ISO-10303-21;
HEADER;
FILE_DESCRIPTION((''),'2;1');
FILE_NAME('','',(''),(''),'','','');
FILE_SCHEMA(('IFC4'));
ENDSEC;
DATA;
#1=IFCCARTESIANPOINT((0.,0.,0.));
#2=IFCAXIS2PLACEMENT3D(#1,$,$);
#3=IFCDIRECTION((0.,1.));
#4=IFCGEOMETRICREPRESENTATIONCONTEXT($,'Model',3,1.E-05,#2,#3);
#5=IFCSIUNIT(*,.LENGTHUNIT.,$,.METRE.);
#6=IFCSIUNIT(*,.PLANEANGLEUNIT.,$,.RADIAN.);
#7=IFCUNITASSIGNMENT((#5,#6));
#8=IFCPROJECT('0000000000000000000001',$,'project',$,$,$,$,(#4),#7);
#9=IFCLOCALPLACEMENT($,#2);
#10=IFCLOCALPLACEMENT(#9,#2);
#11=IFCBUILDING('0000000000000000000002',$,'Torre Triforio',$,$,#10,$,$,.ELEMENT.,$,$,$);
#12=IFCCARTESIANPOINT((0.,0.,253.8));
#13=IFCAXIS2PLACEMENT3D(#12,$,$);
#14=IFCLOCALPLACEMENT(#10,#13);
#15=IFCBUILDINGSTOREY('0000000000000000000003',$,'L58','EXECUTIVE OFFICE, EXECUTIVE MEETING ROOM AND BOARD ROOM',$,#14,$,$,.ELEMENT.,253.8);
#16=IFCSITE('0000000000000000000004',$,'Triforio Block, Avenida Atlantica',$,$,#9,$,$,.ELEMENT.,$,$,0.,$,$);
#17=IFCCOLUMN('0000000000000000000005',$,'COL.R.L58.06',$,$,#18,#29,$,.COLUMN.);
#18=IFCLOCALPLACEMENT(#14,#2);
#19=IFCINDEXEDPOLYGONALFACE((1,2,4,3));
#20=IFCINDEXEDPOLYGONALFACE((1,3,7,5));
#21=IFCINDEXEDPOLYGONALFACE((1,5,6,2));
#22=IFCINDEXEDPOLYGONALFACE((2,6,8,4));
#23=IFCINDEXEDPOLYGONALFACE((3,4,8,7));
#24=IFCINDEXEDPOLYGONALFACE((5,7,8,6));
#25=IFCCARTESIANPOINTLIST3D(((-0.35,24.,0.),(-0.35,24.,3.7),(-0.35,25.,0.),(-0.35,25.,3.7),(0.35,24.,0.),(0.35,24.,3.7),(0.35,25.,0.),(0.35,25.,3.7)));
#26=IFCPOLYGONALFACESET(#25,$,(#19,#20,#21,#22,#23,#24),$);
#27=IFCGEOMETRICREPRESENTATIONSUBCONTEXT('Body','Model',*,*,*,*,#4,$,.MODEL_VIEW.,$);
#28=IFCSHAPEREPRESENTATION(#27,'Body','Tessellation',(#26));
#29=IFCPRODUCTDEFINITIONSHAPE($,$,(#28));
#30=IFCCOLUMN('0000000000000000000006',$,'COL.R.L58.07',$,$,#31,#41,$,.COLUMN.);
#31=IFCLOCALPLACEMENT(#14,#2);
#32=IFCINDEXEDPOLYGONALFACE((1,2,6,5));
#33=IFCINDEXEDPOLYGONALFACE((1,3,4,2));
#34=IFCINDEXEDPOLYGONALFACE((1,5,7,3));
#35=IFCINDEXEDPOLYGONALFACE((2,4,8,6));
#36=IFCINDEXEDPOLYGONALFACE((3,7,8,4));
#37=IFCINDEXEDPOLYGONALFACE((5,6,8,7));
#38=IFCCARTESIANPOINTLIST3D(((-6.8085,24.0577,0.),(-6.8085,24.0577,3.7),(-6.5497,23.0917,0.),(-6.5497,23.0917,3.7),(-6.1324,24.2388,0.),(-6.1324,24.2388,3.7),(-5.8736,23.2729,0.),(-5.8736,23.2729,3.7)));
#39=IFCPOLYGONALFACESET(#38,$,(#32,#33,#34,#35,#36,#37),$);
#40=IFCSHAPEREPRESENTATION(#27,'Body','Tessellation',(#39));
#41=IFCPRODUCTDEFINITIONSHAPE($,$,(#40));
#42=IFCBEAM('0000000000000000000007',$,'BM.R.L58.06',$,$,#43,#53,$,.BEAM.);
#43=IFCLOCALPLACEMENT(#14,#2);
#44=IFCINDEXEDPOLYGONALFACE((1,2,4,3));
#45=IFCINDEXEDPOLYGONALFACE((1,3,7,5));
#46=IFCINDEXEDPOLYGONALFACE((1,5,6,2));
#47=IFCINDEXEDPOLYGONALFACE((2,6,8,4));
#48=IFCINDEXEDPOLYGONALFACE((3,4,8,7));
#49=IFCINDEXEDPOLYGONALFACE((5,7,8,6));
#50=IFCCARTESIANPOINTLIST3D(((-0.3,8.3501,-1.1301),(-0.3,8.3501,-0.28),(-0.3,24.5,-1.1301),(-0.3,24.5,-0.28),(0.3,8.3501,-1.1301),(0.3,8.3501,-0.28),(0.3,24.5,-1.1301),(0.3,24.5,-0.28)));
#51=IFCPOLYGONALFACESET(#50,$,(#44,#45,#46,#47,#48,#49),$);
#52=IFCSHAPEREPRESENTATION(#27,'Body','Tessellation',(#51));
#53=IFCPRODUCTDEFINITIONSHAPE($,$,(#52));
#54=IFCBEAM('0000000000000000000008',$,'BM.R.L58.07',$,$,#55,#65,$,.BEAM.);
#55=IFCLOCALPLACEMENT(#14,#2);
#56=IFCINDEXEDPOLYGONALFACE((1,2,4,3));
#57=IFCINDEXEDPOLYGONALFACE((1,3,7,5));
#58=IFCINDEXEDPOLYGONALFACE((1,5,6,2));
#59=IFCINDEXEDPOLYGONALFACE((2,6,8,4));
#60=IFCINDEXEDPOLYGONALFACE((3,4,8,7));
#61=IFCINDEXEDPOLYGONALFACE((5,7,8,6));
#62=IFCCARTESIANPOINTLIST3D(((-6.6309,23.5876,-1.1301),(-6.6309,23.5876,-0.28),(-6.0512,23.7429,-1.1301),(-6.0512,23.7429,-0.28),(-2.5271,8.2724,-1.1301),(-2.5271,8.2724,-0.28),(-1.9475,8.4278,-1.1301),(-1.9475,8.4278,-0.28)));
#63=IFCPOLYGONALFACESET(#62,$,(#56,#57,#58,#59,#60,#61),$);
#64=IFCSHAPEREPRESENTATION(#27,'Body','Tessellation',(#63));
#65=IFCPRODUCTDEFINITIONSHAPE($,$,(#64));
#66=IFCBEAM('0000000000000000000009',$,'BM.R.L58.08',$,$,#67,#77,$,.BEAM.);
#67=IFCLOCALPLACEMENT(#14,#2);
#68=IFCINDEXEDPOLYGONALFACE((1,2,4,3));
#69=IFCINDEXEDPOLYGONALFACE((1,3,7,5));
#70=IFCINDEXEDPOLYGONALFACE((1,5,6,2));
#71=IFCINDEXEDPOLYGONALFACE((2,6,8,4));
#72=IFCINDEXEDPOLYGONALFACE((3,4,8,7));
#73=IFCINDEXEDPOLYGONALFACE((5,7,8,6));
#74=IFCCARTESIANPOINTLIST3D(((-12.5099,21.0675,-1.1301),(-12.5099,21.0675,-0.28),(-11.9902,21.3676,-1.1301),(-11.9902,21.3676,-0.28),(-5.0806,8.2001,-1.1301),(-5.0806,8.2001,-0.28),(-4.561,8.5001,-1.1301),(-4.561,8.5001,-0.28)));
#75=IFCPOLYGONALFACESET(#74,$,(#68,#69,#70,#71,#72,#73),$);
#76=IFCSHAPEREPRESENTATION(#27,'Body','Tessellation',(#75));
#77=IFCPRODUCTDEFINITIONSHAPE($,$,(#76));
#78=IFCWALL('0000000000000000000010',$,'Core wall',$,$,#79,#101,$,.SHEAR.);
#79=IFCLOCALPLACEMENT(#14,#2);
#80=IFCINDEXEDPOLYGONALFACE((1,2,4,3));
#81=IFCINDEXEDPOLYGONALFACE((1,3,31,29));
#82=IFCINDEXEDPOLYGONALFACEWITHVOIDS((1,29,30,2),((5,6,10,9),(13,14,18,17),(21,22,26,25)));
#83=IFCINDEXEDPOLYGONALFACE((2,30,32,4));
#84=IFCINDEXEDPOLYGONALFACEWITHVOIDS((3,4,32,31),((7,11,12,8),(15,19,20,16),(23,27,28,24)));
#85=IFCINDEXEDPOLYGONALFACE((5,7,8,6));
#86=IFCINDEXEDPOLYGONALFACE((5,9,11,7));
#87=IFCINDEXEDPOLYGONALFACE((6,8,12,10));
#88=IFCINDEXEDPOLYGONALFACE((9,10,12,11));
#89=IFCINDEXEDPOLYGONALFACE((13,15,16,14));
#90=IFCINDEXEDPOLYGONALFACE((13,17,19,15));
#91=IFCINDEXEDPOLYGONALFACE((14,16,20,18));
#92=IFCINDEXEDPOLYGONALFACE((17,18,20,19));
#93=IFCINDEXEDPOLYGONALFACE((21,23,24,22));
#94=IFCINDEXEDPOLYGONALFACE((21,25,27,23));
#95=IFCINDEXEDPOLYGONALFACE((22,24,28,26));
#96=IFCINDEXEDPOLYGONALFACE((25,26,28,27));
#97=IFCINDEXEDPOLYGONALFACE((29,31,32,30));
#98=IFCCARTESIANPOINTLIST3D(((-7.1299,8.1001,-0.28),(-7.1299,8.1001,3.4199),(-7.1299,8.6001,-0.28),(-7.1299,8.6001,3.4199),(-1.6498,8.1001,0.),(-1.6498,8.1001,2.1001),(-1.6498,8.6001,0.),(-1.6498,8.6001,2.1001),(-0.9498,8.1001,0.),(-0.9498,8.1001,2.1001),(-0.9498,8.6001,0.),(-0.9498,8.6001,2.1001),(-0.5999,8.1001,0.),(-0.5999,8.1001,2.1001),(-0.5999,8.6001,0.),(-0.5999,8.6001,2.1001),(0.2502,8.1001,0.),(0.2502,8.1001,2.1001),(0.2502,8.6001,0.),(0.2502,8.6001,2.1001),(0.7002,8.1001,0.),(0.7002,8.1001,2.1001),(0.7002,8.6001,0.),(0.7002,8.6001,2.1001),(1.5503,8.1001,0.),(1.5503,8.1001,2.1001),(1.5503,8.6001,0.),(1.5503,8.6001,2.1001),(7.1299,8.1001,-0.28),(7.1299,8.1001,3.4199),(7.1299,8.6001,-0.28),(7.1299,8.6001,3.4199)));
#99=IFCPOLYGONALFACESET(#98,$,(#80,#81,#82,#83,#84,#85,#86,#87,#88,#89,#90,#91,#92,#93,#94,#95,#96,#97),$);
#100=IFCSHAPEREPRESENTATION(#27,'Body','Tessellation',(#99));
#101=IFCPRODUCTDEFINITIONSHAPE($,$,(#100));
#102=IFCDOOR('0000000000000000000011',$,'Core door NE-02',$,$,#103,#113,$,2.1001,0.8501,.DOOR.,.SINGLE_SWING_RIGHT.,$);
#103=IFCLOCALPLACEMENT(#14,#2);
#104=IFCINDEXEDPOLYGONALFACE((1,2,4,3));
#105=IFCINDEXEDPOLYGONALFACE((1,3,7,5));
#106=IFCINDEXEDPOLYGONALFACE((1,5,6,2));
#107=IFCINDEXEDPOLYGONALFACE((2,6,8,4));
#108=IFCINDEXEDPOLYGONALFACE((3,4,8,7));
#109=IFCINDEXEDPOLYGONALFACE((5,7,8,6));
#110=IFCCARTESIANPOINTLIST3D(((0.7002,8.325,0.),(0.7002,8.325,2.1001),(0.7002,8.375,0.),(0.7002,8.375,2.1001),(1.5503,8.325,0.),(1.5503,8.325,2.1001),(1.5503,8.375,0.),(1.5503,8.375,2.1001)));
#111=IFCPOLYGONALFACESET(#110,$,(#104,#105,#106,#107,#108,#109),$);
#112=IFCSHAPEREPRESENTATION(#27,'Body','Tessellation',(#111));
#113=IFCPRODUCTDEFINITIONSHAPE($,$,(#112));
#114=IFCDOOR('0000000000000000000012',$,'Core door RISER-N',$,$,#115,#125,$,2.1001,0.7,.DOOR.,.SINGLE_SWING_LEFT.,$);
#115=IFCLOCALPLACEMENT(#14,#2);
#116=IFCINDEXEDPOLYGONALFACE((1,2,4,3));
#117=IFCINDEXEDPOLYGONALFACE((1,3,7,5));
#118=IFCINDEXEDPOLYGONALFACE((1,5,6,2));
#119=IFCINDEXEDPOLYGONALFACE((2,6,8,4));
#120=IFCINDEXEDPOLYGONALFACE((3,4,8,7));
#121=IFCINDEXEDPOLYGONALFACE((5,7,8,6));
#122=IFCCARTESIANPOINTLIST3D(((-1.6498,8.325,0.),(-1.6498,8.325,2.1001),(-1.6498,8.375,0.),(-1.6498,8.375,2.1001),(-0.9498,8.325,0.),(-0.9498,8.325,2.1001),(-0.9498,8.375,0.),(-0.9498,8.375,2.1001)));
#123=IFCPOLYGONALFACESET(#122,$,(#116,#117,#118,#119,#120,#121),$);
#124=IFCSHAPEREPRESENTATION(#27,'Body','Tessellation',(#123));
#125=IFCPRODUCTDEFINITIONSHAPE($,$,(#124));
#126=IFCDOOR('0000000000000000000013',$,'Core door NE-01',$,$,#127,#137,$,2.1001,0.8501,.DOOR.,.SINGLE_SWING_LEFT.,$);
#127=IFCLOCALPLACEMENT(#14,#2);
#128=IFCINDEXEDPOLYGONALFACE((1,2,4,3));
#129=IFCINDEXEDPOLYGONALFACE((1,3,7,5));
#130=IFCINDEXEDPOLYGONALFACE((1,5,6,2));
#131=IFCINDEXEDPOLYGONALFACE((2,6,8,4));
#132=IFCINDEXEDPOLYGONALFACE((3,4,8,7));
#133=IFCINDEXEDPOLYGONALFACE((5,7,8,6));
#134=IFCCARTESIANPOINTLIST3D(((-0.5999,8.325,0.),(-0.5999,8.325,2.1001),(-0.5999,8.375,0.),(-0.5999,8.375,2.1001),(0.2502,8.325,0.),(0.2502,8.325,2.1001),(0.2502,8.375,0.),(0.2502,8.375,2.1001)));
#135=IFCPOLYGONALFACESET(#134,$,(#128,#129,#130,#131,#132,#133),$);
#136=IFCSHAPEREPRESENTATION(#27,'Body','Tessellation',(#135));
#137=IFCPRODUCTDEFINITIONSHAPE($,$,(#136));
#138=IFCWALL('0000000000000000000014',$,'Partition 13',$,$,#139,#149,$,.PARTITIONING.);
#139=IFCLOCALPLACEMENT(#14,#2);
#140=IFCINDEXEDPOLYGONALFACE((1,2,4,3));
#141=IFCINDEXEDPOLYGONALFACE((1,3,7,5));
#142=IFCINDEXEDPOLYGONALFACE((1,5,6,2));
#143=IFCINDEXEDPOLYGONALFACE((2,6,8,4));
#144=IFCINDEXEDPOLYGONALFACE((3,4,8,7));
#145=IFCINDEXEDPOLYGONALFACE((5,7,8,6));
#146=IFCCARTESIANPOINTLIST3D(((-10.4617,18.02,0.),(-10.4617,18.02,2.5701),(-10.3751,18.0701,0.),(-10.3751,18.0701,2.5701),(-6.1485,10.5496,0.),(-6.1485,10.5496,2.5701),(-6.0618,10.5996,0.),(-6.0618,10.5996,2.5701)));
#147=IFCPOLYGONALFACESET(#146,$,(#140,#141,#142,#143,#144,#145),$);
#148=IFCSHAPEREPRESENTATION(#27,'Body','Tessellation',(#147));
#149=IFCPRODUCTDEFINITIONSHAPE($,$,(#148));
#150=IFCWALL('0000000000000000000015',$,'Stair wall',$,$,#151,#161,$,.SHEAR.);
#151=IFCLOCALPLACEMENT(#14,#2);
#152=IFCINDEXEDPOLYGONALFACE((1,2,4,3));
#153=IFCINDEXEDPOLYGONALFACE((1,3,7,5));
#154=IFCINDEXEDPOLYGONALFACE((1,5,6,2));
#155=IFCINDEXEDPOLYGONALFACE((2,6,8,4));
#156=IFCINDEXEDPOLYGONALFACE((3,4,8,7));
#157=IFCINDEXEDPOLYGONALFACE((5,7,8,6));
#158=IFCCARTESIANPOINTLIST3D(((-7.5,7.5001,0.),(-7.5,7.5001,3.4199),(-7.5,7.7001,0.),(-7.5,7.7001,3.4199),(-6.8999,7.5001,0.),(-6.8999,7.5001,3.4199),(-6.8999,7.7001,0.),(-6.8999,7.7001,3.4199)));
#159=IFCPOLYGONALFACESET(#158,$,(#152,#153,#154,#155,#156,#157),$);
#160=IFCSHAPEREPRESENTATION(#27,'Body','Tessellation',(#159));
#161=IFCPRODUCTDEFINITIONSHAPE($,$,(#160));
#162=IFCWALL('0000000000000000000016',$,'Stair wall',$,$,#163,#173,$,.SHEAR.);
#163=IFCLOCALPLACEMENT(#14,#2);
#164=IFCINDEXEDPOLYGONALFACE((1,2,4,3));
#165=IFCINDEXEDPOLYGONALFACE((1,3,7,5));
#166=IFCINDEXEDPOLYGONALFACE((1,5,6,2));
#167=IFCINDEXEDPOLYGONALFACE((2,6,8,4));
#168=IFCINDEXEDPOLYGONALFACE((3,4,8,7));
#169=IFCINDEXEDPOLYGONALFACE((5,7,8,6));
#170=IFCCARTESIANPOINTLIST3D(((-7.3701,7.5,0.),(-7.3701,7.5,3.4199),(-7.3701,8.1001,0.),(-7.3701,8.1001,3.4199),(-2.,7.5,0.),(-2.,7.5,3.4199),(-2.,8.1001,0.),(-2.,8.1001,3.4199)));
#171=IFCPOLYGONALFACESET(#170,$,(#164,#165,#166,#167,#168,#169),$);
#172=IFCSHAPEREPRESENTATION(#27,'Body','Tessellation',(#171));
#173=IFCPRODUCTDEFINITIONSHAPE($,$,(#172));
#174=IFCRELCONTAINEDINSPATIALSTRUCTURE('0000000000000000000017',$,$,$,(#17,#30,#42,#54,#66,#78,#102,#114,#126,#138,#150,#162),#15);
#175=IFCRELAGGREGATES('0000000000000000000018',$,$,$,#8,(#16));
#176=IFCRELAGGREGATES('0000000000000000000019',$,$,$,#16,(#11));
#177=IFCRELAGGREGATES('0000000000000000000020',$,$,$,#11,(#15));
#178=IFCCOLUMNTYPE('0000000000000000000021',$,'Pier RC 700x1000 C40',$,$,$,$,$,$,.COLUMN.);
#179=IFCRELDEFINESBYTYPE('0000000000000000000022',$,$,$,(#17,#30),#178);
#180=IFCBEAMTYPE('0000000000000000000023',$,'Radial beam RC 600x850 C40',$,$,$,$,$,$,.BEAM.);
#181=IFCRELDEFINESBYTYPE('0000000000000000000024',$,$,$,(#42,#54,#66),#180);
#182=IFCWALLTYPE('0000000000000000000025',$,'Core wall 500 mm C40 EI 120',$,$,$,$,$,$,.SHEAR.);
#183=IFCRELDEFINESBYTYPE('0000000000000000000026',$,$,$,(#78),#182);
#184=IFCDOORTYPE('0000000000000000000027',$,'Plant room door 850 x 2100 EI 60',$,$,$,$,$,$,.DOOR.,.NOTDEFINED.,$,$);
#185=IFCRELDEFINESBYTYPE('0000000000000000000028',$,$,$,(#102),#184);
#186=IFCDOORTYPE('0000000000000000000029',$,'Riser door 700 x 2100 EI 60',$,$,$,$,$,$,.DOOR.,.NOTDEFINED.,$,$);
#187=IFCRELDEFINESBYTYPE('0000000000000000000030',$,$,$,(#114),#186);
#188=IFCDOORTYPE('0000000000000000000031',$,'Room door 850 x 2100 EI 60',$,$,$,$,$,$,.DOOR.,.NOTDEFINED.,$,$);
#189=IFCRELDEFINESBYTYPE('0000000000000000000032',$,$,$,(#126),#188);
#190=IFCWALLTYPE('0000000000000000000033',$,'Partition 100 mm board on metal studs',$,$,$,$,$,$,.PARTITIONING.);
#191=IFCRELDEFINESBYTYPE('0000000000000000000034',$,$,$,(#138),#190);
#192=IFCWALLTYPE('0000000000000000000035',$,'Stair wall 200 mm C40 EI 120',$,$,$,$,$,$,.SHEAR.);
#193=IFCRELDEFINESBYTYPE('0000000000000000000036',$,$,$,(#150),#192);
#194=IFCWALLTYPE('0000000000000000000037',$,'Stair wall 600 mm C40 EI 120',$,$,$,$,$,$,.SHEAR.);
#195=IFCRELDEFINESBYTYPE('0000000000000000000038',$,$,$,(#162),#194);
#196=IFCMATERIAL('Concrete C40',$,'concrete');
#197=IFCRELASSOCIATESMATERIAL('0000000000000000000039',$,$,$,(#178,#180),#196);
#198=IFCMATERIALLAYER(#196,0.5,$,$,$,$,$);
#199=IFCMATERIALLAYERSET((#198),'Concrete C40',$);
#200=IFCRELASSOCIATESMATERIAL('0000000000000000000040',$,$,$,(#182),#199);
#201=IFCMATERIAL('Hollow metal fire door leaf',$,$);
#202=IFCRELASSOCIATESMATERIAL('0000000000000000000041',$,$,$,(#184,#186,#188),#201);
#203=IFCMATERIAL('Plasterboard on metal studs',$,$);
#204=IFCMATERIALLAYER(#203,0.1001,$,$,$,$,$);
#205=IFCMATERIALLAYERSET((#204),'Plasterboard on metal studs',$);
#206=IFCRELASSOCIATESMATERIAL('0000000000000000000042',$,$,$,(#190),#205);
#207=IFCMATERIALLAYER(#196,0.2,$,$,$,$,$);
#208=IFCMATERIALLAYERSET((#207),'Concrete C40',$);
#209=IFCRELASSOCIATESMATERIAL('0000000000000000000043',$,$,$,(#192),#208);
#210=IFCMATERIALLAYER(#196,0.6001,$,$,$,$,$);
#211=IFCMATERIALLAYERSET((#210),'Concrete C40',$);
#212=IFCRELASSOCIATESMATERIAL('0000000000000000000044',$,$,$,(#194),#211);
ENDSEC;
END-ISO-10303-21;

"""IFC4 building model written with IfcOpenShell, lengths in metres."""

from ifc_helpers import new_model, si_unit, direction, frame, frame_2d, origin, origin_2d, place, context, subcontext, project, spatial, rectangle, extrude, material, layer, layer_set, material_profile, profile_set, type_object, element, fill, save


model = new_model("IFC4")

# Units and contexts
model_context = context("Model", 3, precision=1e-05, world=origin(), true_north=direction((0.0, 1.0)))
body_context = subcontext(model_context, "Body", "Model", "MODEL_VIEW")
ifc_project = project(units=[si_unit("LENGTHUNIT", "METRE"), si_unit("PLANEANGLEUNIT", "RADIAN")], contexts=[model_context])

# Site, building, storey
site_placement = place(None, origin())
site = spatial("IfcSite", under=ifc_project, at=site_placement, Name="Triforio Block, Avenida Atlantica", CompositionType="ELEMENT", RefElevation=0.0)
building_placement = place(site_placement, origin())
building = spatial("IfcBuilding", under=site, at=building_placement, Name="Torre Triforio", CompositionType="ELEMENT")
storey_placement = place(building_placement, frame((0.0, 0.0, 253.8)))
storey = spatial("IfcBuildingStorey", under=building, at=storey_placement, Name="L58", Description="EXECUTIVE OFFICE, EXECUTIVE MEETING ROOM AND BOARD ROOM", CompositionType="ELEMENT", Elevation=253.8)

# Columns
ifc_material_1 = material(Name="Concrete C40", Category="concrete")
ifc_material_profile_1 = material_profile(ifc_material_1, rectangle(XDim=0.7, YDim=1.0, at=origin_2d()), Name="RC 700x1000")
ifc_profile_set_1 = profile_set([ifc_material_profile_1], Name="Concrete C40")
column_type = type_object("IfcColumnType", Name="Pier RC 700x1000 C40", PredefinedType="COLUMN", material=ifc_profile_set_1)
for number, where, z_axis, x_axis, name in (
    (1, (0.0, 24.5, 0.0), (0.0, 0.0, 1.0), (-1.0, 0.0, 0.0), "COL.R.L58.06"),
    (2, (-6.3411, 23.6653, 0.0), (0.0, 0.0, 1.0), (-0.965926, -0.258819, 0.0), "COL.R.L58.07"),
):
    element("IfcColumn", number, at=place(storey_placement, frame(where, z_axis=z_axis, x_axis=x_axis)), inside=storey, type_object=column_type, Name=name, PredefinedType="COLUMN", context=body_context, shape_type="SweptSolid", body=[
        extrude(rectangle(XDim=0.7, YDim=1.0, at=origin_2d()), origin(), (0.0, 0.0, 1.0), 3.7),
    ])

# Beams
ifc_material_profile_2 = material_profile(ifc_material_1, rectangle(XDim=0.6001, YDim=0.8501, at=origin_2d()), Name="RC 600x850")
ifc_profile_set_2 = profile_set([ifc_material_profile_2], Name="Concrete C40")
beam_type = type_object("IfcBeamType", Name="Radial beam RC 600x850 C40", PredefinedType="BEAM", material=ifc_profile_set_2)
beam_1_placement = place(storey_placement, frame((0.0, 8.3501, -0.7051), z_axis=(0.0, 1.0, 0.0), x_axis=(-1.0, 0.0, 0.0)))
element("IfcBeam", 3, at=beam_1_placement, inside=storey, type_object=beam_type, Name="BM.R.L58.06", PredefinedType="BEAM", context=body_context, shape_type="SweptSolid", body=[
    extrude(rectangle(XDim=0.6001, YDim=0.8501, at=origin_2d()), origin(), (0.0, 0.0, 1.0), 16.1499),
])
beam_2_placement = place(storey_placement, frame((-2.2373, 8.3501, -0.7051), z_axis=(-0.258823, 0.965925, 0.0), x_axis=(-0.965925, -0.258823, 0.0)))
element("IfcBeam", 4, at=beam_2_placement, inside=storey, type_object=beam_type, Name="BM.R.L58.07", PredefinedType="BEAM", context=body_context, shape_type="SweptSolid", body=[
    extrude(rectangle(XDim=0.6001, YDim=0.8501, at=origin_2d()), origin(), (0.0, 0.0, 1.0), 15.8555),
])
beam_3_placement = place(storey_placement, frame((-4.8208, 8.3501, -0.7051), z_axis=(-0.500009, 0.86602, 0.0), x_axis=(-0.86602, -0.500009, 0.0)))
element("IfcBeam", 5, at=beam_3_placement, inside=storey, type_object=beam_type, Name="BM.R.L58.08", PredefinedType="BEAM", context=body_context, shape_type="SweptSolid", body=[
    extrude(rectangle(XDim=0.6001, YDim=0.8501, at=origin_2d()), origin(), (0.0, 0.0, 1.0), 14.8582),
])

# Wall, openings, doors
ifc_layer_1 = layer(ifc_material_1, 0.5)
ifc_layer_set_1 = layer_set([ifc_layer_1], Name="Concrete C40")
wall_type_1 = type_object("IfcWallType", Name="Core wall 500 mm C40 EI 120", PredefinedType="SHEAR", material=ifc_layer_set_1)
wall_1_placement = place(storey_placement, frame((-7.1299, 8.3501, -0.28), z_axis=(0.0, 0.0, 1.0), x_axis=(1.0, 0.0, 0.0)))
wall_1 = element("IfcWall", 6, at=wall_1_placement, inside=storey, type_object=wall_type_1, Name="Core wall", PredefinedType="SHEAR", context=body_context, shape_type="SweptSolid", body=[
    extrude(rectangle(XDim=14.2598, YDim=0.5, at=frame_2d((7.1299, 0.0))), origin(), (0.0, 0.0, 1.0), 3.7),
])
opening_1_placement = place(wall_1_placement, frame((5.48, 0.0, 0.28)))
opening_1 = element("IfcOpeningElement", 7, at=opening_1_placement, cuts=wall_1, PredefinedType="OPENING", context=body_context, shape_type="SweptSolid", body=[
    extrude(rectangle(XDim=0.7, YDim=2.1001, at=frame_2d((0.3501, 1.05))), frame((0.0, 0.26, 0.0), z_axis=(0.0, -1.0, 0.0), x_axis=(1.0, 0.0, 0.0)), (0.0, 0.0, 1.0), 0.52),
])
opening_2_placement = place(wall_1_placement, frame((6.53, 0.0, 0.28)))
opening_2 = element("IfcOpeningElement", 8, at=opening_2_placement, cuts=wall_1, PredefinedType="OPENING", context=body_context, shape_type="SweptSolid", body=[
    extrude(rectangle(XDim=0.8501, YDim=2.1001, at=frame_2d((0.425, 1.05))), frame((0.0, 0.26, 0.0), z_axis=(0.0, -1.0, 0.0), x_axis=(1.0, 0.0, 0.0)), (0.0, 0.0, 1.0), 0.52),
])
opening_3_placement = place(wall_1_placement, frame((7.8301, 0.0, 0.28)))
opening_3 = element("IfcOpeningElement", 9, at=opening_3_placement, cuts=wall_1, PredefinedType="OPENING", context=body_context, shape_type="SweptSolid", body=[
    extrude(rectangle(XDim=0.8501, YDim=2.1001, at=frame_2d((0.425, 1.05))), frame((0.0, 0.26, 0.0), z_axis=(0.0, -1.0, 0.0), x_axis=(1.0, 0.0, 0.0)), (0.0, 0.0, 1.0), 0.52),
])
ifc_material_2 = material(Name="Hollow metal fire door leaf")
door_type_1 = type_object("IfcDoorType", Name="Plant room door 850 x 2100 EI 60", OperationType="NOTDEFINED", PredefinedType="DOOR", material=ifc_material_2)
door_1_placement = place(opening_3_placement, origin())
door_1 = element("IfcDoor", 10, at=door_1_placement, inside=storey, type_object=door_type_1, Name="Core door NE-02", OperationType="SINGLE_SWING_RIGHT", OverallHeight=2.1001, OverallWidth=0.8501, PredefinedType="DOOR", context=body_context, shape_type="SweptSolid", body=[
    extrude(rectangle(XDim=0.8501, YDim=2.1001, at=frame_2d((0.425, 1.05))), frame((0.0, 0.0249, 0.0), z_axis=(0.0, -1.0, 0.0), x_axis=(1.0, 0.0, 0.0)), (0.0, 0.0, 1.0), 0.05),
])
fill(opening_3, door_1)
door_type_2 = type_object("IfcDoorType", Name="Riser door 700 x 2100 EI 60", OperationType="NOTDEFINED", PredefinedType="DOOR", material=ifc_material_2)
door_2_placement = place(opening_1_placement, origin())
door_2 = element("IfcDoor", 11, at=door_2_placement, inside=storey, type_object=door_type_2, Name="Core door RISER-N", OperationType="SINGLE_SWING_LEFT", OverallHeight=2.1001, OverallWidth=0.7, PredefinedType="DOOR", context=body_context, shape_type="SweptSolid", body=[
    extrude(rectangle(XDim=0.7, YDim=2.1001, at=frame_2d((0.3501, 1.05))), frame((0.0, 0.0249, 0.0), z_axis=(0.0, -1.0, 0.0), x_axis=(1.0, 0.0, 0.0)), (0.0, 0.0, 1.0), 0.05),
])
fill(opening_1, door_2)
door_type_3 = type_object("IfcDoorType", Name="Room door 850 x 2100 EI 60", OperationType="NOTDEFINED", PredefinedType="DOOR", material=ifc_material_2)
door_3_placement = place(opening_2_placement, origin())
door_3 = element("IfcDoor", 12, at=door_3_placement, inside=storey, type_object=door_type_3, Name="Core door NE-01", OperationType="SINGLE_SWING_LEFT", OverallHeight=2.1001, OverallWidth=0.8501, PredefinedType="DOOR", context=body_context, shape_type="SweptSolid", body=[
    extrude(rectangle(XDim=0.8501, YDim=2.1001, at=frame_2d((0.425, 1.05))), frame((0.0, 0.0249, 0.0), z_axis=(0.0, -1.0, 0.0), x_axis=(1.0, 0.0, 0.0)), (0.0, 0.0, 1.0), 0.05),
])
fill(opening_2, door_3)

# Walls
ifc_material_3 = material(Name="Plasterboard on metal studs")
ifc_layer_2 = layer(ifc_material_3, 0.1001)
ifc_layer_set_2 = layer_set([ifc_layer_2], Name="Plasterboard on metal studs")
wall_type_2 = type_object("IfcWallType", Name="Partition 100 mm board on metal studs", PredefinedType="PARTITIONING", material=ifc_layer_set_2)
wall_2_placement = place(storey_placement, frame((-6.1052, 10.5747, 0.0), z_axis=(0.0, 0.0, 1.0), x_axis=(-0.500014, 0.866017, 0.0)))
element("IfcWall", 13, at=wall_2_placement, inside=storey, type_object=wall_type_2, Name="Partition 13", PredefinedType="PARTITIONING", context=body_context, shape_type="SweptSolid", body=[
    extrude(rectangle(XDim=8.6262, YDim=0.1001, at=frame_2d((4.313, 0.0))), origin(), (0.0, 0.0, 1.0), 2.5701),
])
ifc_layer_3 = layer(ifc_material_1, 0.2)
ifc_layer_set_3 = layer_set([ifc_layer_3], Name="Concrete C40")
wall_type_3 = type_object("IfcWallType", Name="Stair wall 200 mm C40 EI 120", PredefinedType="SHEAR", material=ifc_layer_set_3)
wall_3_placement = place(storey_placement, frame((-7.5, 7.6001, 0.0), z_axis=(0.0, 0.0, 1.0), x_axis=(1.0, 0.0, 0.0)))
element("IfcWall", 14, at=wall_3_placement, inside=storey, type_object=wall_type_3, Name="Stair wall", PredefinedType="SHEAR", context=body_context, shape_type="SweptSolid", body=[
    extrude(rectangle(XDim=0.6001, YDim=0.2, at=frame_2d((0.3, 0.0))), origin(), (0.0, 0.0, 1.0), 3.4199),
])
ifc_layer_4 = layer(ifc_material_1, 0.6001)
ifc_layer_set_4 = layer_set([ifc_layer_4], Name="Concrete C40")
wall_type_4 = type_object("IfcWallType", Name="Stair wall 600 mm C40 EI 120", PredefinedType="SHEAR", material=ifc_layer_set_4)
wall_4_placement = place(storey_placement, frame((-7.3701, 7.8, 0.0), z_axis=(0.0, 0.0, 1.0), x_axis=(1.0, 0.0, 0.0)))
element("IfcWall", 15, at=wall_4_placement, inside=storey, type_object=wall_type_4, Name="Stair wall", PredefinedType="SHEAR", context=body_context, shape_type="SweptSolid", body=[
    extrude(rectangle(XDim=5.3701, YDim=0.6001, at=frame_2d((2.6851, 0.0))), origin(), (0.0, 0.0, 1.0), 3.4199),
])

save(model, "model.ifc")
